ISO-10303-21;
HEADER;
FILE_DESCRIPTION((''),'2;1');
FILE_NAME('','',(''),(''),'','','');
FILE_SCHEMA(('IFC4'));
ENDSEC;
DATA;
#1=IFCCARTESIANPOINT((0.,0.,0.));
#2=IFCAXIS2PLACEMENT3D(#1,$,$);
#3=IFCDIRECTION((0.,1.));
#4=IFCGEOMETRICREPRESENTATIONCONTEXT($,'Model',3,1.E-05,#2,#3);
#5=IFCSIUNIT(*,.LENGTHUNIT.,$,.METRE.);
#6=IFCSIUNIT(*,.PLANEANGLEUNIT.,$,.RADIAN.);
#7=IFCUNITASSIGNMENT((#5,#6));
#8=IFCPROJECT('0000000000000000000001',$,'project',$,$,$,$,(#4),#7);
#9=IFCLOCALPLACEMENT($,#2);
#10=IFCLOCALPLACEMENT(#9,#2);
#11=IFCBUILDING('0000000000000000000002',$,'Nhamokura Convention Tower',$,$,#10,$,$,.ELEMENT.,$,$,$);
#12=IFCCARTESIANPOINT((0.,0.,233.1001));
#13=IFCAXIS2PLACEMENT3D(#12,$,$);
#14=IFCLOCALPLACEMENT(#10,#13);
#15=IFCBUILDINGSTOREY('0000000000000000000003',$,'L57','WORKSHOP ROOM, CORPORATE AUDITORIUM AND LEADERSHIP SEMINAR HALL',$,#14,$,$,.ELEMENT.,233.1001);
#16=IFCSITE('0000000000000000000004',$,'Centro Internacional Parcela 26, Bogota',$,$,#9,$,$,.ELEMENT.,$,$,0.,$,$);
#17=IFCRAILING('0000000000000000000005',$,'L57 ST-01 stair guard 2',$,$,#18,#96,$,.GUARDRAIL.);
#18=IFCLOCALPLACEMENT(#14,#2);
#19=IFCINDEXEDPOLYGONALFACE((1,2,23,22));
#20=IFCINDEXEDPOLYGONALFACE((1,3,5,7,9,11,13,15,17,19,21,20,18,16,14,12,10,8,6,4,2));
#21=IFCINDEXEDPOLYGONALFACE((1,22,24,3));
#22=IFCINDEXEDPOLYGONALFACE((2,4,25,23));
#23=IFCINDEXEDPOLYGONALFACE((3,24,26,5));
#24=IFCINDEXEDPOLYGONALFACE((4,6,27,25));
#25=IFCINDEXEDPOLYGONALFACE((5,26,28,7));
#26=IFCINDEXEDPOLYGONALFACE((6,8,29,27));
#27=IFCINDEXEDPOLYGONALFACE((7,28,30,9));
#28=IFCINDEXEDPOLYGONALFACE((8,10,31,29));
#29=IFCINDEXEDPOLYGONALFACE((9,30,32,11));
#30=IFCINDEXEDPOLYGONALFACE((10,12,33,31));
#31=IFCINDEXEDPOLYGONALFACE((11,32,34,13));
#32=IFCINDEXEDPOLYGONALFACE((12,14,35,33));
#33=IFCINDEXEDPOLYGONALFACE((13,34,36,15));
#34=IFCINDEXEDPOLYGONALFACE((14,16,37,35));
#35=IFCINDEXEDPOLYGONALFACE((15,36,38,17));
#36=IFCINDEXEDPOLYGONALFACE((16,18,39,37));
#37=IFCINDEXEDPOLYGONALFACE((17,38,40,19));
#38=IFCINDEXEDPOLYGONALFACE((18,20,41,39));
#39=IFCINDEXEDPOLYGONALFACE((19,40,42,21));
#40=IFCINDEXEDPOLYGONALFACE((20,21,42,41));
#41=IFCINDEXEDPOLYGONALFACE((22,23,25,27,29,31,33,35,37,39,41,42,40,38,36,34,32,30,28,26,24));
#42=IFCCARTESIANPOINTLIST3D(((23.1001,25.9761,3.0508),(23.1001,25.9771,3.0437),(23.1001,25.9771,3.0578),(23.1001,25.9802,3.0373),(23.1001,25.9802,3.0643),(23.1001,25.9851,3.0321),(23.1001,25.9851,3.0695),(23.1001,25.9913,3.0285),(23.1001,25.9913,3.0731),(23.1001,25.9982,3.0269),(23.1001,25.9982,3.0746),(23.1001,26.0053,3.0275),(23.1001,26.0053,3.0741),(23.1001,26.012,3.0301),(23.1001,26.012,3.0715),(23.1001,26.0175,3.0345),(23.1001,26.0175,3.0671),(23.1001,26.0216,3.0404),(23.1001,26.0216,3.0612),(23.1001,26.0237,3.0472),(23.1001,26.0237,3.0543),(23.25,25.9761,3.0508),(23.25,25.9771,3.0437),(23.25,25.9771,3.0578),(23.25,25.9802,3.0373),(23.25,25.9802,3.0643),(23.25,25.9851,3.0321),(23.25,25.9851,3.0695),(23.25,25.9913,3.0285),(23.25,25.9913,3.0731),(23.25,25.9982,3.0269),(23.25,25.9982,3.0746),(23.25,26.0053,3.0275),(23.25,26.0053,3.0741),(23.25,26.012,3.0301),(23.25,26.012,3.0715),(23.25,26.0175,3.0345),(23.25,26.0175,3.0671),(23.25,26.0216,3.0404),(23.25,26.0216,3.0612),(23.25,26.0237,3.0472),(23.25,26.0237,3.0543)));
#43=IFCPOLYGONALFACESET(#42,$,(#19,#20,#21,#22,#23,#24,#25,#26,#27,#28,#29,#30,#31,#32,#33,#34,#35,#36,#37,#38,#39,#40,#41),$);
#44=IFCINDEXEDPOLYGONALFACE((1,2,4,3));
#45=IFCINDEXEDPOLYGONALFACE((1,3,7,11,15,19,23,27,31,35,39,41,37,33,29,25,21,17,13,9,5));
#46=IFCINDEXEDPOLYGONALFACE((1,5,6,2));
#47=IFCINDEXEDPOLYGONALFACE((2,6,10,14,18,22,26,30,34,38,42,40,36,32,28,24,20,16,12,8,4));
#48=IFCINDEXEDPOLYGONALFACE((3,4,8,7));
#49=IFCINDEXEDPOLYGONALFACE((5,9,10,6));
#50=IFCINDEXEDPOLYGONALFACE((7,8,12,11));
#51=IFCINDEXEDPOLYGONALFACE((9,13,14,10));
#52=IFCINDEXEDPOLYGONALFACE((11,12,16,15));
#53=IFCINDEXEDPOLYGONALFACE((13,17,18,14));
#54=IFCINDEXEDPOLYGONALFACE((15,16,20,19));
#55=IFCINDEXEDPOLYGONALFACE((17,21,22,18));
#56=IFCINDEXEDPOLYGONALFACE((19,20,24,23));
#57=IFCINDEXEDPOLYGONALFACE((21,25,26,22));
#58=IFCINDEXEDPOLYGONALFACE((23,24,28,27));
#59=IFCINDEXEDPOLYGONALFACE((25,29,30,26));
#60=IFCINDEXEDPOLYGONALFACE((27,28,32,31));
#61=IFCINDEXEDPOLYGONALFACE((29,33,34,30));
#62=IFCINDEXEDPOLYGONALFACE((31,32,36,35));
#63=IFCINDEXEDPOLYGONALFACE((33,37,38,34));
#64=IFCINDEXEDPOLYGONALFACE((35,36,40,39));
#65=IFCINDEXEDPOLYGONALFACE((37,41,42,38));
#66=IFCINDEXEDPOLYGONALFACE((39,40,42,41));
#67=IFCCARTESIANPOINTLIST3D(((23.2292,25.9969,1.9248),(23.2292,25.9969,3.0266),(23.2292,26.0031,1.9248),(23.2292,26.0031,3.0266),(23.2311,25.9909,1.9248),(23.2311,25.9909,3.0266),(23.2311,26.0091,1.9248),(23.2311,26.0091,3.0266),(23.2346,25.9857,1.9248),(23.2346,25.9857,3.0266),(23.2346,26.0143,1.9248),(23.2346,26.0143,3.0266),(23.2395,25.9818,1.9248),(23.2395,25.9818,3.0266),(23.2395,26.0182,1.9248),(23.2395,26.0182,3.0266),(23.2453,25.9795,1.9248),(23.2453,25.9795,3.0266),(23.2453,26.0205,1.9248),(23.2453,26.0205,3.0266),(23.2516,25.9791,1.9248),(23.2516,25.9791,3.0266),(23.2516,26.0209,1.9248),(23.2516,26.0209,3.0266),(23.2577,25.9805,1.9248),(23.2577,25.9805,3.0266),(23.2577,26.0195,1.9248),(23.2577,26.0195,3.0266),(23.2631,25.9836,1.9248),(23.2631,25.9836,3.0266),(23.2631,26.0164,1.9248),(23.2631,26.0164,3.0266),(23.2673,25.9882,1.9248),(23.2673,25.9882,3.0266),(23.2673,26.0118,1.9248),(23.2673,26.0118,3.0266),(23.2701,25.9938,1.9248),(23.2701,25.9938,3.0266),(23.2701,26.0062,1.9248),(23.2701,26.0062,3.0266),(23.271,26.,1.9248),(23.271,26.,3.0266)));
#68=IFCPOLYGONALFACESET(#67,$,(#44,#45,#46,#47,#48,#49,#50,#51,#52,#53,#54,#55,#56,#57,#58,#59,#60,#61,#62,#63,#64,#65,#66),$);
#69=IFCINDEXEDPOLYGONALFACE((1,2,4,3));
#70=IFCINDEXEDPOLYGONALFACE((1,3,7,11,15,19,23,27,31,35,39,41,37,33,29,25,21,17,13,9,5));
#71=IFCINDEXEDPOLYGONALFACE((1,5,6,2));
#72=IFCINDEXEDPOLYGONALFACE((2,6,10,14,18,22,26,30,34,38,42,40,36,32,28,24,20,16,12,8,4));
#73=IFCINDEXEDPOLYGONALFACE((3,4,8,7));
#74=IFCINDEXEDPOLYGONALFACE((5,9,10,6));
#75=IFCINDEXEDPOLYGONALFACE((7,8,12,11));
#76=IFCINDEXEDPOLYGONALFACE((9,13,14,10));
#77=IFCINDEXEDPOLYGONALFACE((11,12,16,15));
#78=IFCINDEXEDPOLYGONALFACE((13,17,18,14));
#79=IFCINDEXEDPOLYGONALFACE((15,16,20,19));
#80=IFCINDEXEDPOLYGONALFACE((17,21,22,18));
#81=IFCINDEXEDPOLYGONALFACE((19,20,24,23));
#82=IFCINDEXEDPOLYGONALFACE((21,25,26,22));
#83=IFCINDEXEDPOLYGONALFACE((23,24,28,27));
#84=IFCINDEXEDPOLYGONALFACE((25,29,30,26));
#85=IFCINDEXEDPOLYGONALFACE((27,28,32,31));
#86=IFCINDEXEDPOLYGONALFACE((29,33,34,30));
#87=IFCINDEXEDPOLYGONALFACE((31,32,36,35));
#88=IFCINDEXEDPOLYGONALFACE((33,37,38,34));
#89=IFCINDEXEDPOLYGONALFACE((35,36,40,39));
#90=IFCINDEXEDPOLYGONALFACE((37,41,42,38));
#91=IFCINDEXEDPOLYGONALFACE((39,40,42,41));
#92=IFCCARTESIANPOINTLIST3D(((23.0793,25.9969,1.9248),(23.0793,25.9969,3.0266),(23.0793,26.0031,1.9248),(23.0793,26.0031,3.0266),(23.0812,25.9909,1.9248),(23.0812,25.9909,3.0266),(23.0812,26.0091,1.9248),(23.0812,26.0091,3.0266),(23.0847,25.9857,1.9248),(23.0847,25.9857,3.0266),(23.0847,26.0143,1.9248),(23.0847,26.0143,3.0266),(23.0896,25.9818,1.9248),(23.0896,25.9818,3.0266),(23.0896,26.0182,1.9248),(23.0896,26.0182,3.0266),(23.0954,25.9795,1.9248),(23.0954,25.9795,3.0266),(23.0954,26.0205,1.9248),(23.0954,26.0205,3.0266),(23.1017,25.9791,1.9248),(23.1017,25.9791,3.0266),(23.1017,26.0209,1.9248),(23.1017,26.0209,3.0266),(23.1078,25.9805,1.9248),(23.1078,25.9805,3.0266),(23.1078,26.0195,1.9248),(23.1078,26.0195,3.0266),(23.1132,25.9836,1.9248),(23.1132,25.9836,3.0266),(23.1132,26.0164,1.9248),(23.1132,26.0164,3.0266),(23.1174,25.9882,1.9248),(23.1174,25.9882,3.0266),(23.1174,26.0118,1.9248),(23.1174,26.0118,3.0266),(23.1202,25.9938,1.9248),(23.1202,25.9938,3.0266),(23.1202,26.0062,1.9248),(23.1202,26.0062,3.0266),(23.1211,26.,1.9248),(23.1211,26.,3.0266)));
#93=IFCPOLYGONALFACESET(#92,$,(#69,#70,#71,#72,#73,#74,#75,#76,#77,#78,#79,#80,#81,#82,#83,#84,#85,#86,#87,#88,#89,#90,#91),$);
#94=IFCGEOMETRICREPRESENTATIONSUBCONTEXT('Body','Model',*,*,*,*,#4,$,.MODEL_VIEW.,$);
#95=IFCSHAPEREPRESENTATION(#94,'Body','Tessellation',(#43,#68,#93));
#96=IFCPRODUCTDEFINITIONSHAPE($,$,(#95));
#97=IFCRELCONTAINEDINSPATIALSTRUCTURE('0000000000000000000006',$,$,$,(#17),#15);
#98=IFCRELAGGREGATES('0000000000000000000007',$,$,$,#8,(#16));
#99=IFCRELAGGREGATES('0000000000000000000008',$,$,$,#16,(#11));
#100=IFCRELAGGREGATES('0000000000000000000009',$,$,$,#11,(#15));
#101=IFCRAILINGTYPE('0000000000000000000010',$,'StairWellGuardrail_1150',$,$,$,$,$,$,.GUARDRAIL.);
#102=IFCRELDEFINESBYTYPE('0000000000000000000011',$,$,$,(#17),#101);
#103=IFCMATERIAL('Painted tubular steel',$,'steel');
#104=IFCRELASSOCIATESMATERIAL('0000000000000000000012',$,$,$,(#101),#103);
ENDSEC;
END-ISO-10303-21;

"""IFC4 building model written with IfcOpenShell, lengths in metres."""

from ifc_helpers import new_model, si_unit, direction, frame, origin, origin_2d, place, context, subcontext, project, spatial, circle, extrude, material, type_object, element, save


model = new_model("IFC4")

# Units and contexts
model_context = context("Model", 3, precision=1e-05, world=origin(), true_north=direction((0.0, 1.0)))
body_context = subcontext(model_context, "Body", "Model", "MODEL_VIEW")
ifc_project = project(units=[si_unit("LENGTHUNIT", "METRE"), si_unit("PLANEANGLEUNIT", "RADIAN")], contexts=[model_context])

# Site, building, storey
site_placement = place(None, origin())
site = spatial("IfcSite", under=ifc_project, at=site_placement, Name="Centro Internacional Parcela 26, Bogota", CompositionType="ELEMENT", RefElevation=0.0)
building_placement = place(site_placement, origin())
building = spatial("IfcBuilding", under=site, at=building_placement, Name="Nhamokura Convention Tower", CompositionType="ELEMENT")
storey_placement = place(building_placement, frame((0.0, 0.0, 233.1001)))
storey = spatial("IfcBuildingStorey", under=building, at=storey_placement, Name="L57", Description="WORKSHOP ROOM, CORPORATE AUDITORIUM AND LEADERSHIP SEMINAR HALL", CompositionType="ELEMENT", Elevation=233.1001)

# Railing
ifc_material_1 = material(Name="Painted tubular steel", Category="steel")
railing_type_1 = type_object("IfcRailingType", Name="StairWellGuardrail_1150", PredefinedType="GUARDRAIL", material=ifc_material_1)
railing_1_placement = place(storey_placement, frame((23.25, 26.0, 1.9248)))
element("IfcRailing", 1, at=railing_1_placement, inside=storey, type_object=railing_type_1, Name="L57 ST-01 stair guard 2", PredefinedType="GUARDRAIL", context=body_context, shape_type="SweptSolid", body=[
    extrude(circle(Radius=0.0239, at=origin_2d()), frame((0.0, 0.0, 1.126), z_axis=(-1.0, 0.0, 0.0), x_axis=(0.0, -1.0, 0.0)), (0.0, 0.0, 1.0), 0.1499),
    extrude(circle(Radius=0.021, at=origin_2d()), origin(), (0.0, 0.0, 1.0), 1.1018),
    extrude(circle(Radius=0.021, at=origin_2d()), frame((-0.1499, 0.0, 0.0)), (0.0, 0.0, 1.0), 1.1018),
])

save(model, "model.ifc")
